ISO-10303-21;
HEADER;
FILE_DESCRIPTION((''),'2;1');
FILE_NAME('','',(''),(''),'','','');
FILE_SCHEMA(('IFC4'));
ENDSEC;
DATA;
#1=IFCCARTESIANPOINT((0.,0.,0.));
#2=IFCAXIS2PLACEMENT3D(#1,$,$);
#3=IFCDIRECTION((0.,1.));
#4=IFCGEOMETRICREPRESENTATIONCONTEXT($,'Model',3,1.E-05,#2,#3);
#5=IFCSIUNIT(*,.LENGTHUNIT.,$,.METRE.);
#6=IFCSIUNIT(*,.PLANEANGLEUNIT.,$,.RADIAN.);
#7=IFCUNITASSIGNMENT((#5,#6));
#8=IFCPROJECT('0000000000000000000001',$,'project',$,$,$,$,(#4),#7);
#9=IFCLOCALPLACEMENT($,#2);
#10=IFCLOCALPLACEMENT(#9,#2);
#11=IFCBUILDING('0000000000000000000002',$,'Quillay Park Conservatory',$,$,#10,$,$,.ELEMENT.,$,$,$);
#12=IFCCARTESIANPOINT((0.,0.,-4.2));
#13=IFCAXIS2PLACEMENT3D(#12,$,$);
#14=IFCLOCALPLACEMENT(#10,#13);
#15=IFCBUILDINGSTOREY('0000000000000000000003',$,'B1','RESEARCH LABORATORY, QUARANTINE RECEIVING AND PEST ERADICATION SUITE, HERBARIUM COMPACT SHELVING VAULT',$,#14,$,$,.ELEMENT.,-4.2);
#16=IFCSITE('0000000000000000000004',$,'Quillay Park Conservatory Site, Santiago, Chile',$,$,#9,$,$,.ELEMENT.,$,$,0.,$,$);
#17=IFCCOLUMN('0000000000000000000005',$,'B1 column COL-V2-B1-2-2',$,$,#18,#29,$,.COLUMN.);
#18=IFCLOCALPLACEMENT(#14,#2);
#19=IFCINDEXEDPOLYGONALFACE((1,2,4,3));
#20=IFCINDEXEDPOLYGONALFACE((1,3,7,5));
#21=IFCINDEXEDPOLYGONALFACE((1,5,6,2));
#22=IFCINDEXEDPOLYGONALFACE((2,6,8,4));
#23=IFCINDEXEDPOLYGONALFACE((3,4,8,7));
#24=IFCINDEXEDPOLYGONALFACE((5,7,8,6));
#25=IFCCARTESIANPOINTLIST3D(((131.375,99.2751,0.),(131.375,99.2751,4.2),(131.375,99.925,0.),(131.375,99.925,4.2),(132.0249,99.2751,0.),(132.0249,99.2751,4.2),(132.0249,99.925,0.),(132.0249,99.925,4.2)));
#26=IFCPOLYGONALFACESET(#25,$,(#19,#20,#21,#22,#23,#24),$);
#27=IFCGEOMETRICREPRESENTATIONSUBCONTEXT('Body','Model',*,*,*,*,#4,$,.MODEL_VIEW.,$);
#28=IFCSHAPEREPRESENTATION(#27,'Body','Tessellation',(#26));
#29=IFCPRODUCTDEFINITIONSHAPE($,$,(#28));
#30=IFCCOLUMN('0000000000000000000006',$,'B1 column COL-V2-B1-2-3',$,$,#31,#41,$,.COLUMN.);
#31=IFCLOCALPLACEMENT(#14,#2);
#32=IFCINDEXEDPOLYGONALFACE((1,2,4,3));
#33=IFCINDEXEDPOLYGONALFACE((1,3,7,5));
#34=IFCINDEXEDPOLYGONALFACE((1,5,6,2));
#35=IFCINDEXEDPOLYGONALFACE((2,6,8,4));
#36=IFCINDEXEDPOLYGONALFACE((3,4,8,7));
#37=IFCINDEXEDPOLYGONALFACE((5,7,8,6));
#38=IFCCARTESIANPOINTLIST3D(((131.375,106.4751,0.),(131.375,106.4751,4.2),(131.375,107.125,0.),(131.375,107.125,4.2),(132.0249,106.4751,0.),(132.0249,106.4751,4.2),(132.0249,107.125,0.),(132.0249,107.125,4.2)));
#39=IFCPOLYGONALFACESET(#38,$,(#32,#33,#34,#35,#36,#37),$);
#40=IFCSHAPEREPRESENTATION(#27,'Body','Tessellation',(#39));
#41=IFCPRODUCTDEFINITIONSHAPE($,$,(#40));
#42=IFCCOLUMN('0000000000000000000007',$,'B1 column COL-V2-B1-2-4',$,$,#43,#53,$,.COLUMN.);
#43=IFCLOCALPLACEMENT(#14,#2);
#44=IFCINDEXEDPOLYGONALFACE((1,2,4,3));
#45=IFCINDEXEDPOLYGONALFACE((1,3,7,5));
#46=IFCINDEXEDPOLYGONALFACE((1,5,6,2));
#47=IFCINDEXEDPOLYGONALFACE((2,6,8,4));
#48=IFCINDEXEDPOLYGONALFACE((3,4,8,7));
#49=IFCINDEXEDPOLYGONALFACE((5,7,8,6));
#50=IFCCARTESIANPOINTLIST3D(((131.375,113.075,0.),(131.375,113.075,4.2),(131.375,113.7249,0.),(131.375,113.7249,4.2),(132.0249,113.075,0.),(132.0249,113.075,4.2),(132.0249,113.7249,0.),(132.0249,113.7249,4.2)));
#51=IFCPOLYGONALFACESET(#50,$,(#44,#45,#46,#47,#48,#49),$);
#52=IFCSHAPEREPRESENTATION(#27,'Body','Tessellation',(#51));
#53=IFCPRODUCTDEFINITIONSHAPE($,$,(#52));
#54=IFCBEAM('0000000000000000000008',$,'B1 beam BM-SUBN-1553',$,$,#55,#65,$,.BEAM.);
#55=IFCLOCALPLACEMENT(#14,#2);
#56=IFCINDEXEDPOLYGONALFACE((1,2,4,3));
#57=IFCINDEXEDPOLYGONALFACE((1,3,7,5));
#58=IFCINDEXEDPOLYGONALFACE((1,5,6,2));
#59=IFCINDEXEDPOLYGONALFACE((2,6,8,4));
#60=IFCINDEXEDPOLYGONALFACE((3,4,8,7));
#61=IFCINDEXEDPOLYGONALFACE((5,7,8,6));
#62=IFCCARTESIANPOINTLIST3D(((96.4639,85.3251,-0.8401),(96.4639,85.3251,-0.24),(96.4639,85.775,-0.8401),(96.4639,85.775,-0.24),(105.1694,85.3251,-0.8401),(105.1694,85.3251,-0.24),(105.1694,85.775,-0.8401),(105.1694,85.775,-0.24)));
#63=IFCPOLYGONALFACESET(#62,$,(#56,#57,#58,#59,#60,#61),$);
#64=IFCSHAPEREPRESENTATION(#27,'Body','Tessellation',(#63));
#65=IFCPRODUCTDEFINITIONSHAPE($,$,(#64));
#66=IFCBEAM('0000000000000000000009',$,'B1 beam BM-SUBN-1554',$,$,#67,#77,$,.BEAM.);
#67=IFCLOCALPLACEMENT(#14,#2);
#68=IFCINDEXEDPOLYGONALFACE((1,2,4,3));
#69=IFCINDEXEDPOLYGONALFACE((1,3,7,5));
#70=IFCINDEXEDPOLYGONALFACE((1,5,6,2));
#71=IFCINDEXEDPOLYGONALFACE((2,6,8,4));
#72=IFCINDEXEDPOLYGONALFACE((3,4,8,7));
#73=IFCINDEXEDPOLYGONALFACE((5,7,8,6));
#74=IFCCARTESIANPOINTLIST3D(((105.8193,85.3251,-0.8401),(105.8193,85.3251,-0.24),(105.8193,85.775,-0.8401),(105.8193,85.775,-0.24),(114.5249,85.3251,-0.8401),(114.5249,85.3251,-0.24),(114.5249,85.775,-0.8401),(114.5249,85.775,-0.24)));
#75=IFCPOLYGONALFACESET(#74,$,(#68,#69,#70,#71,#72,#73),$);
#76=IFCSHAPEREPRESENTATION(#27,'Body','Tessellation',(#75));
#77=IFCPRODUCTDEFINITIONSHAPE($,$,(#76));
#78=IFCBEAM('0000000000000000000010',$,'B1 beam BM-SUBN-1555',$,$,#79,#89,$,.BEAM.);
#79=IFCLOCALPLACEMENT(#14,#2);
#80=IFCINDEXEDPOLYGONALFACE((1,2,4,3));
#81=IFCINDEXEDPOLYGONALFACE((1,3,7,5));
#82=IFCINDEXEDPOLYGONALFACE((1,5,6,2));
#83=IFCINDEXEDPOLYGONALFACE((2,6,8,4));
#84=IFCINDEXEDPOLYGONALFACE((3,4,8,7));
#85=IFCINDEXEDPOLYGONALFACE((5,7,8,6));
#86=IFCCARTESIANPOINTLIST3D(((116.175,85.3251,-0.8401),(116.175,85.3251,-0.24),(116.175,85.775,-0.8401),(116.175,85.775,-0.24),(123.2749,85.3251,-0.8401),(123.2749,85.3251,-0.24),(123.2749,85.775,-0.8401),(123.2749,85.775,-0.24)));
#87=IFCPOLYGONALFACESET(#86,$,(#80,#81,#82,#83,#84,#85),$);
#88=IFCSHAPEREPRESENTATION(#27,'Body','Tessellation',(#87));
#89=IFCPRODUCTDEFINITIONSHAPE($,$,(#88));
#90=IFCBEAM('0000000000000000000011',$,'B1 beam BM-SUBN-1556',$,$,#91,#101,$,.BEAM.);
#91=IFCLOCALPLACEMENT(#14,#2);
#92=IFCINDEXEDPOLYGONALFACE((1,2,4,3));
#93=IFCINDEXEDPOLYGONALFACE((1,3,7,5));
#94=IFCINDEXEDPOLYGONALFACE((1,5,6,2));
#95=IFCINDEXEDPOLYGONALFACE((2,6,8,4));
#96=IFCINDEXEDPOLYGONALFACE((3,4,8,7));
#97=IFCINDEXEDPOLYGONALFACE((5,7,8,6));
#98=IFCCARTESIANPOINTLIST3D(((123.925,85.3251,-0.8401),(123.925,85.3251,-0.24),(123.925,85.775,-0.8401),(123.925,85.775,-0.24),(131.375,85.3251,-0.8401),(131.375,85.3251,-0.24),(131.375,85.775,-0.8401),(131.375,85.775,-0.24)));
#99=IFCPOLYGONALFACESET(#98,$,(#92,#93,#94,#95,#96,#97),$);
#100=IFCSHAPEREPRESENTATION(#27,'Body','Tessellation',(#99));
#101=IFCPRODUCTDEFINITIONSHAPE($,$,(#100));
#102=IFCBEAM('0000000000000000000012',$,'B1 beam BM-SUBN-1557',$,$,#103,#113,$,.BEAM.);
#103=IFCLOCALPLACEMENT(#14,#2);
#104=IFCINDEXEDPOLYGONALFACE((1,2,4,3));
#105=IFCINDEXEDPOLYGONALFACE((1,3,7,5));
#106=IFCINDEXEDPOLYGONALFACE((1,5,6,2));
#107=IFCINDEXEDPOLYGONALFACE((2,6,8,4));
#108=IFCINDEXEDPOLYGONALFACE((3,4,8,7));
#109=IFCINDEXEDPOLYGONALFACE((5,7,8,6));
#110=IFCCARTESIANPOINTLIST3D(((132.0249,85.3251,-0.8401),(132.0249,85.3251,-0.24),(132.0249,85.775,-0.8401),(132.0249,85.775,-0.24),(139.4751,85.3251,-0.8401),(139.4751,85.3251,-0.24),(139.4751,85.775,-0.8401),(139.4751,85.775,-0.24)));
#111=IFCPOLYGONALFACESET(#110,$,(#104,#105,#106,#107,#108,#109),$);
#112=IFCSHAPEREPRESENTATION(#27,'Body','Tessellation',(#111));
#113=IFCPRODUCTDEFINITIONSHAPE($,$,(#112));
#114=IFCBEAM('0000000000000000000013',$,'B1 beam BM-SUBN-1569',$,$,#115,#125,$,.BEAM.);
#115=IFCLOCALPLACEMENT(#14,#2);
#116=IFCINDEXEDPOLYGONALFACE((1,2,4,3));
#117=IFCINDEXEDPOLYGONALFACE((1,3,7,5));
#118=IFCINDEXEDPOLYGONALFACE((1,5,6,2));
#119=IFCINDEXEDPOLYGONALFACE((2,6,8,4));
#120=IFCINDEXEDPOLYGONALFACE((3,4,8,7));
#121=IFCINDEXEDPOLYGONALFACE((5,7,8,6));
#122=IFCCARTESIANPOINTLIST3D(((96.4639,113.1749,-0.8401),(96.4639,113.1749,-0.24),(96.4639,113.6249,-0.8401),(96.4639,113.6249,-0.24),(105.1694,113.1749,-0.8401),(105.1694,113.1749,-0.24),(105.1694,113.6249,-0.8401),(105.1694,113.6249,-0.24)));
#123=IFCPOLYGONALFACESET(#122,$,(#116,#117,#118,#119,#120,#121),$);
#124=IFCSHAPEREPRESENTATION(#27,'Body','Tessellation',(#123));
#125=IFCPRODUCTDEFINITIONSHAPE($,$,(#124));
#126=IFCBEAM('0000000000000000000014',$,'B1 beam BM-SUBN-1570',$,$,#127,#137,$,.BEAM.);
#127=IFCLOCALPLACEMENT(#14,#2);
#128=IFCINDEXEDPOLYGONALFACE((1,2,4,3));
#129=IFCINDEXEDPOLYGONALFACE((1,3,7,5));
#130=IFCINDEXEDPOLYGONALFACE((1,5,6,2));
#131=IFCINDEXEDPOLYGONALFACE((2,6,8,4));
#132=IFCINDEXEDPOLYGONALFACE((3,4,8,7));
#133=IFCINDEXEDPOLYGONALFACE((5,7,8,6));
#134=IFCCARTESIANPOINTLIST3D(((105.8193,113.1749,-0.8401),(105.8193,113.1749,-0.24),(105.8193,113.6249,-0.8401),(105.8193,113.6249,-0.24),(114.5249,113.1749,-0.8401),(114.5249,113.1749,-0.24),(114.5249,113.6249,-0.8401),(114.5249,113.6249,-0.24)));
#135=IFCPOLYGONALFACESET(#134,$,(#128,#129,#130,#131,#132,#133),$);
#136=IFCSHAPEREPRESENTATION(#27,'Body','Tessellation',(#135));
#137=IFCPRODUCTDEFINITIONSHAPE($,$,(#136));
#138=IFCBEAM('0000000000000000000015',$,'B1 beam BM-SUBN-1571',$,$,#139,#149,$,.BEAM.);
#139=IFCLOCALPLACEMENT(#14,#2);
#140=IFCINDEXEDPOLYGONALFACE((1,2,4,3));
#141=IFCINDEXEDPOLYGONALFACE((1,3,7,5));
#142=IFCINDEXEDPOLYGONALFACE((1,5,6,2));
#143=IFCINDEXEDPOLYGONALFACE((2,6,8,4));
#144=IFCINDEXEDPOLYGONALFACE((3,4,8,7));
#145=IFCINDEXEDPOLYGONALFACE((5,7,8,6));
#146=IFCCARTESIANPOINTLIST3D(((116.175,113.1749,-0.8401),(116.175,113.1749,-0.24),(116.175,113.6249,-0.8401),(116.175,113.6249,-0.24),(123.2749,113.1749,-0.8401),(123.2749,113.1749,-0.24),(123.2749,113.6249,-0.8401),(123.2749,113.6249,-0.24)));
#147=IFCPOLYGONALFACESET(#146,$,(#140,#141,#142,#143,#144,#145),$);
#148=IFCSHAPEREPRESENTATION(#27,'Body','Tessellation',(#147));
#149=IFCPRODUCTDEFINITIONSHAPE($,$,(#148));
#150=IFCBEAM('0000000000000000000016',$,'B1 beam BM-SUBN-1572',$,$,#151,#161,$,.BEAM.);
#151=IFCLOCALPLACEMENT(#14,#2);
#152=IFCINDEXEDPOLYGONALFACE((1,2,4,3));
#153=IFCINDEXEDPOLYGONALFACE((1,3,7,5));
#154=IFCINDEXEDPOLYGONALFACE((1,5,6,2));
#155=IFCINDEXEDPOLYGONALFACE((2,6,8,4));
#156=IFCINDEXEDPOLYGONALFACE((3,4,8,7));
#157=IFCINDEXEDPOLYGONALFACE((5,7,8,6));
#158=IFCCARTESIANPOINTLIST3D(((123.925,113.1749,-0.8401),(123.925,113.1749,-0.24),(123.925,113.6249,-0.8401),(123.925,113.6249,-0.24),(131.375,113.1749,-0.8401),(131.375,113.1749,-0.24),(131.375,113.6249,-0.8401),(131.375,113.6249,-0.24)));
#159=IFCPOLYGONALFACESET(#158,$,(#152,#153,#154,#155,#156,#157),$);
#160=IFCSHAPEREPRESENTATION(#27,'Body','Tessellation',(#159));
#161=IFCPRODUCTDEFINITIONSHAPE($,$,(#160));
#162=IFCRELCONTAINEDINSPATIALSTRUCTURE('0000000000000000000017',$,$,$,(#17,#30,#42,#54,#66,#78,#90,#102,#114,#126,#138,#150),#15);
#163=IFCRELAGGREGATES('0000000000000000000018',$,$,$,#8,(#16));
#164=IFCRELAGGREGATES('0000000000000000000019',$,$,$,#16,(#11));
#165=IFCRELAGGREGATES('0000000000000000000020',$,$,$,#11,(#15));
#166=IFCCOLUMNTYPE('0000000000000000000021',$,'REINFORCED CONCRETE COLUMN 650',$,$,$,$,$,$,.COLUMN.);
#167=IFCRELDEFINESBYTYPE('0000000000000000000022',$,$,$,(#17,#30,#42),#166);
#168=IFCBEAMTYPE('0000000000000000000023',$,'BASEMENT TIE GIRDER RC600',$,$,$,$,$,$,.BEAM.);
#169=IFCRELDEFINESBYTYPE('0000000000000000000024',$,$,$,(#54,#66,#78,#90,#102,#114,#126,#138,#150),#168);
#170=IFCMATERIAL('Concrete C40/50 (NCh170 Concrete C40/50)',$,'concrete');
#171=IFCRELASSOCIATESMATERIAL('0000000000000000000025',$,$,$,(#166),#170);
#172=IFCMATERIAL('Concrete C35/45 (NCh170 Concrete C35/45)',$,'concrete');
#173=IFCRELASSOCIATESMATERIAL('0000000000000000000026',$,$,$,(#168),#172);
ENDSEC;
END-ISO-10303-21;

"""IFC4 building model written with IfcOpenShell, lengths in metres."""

from ifc_helpers import new_model, si_unit, direction, frame, origin, origin_2d, place, context, subcontext, project, spatial, rectangle, extrude, material, material_profile, profile_set, type_object, element, save


model = new_model("IFC4")

# Units and contexts
model_context = context("Model", 3, precision=1e-05, world=origin(), true_north=direction((0.0, 1.0)))
body_context = subcontext(model_context, "Body", "Model", "MODEL_VIEW")
ifc_project = project(units=[si_unit("LENGTHUNIT", "METRE"), si_unit("PLANEANGLEUNIT", "RADIAN")], contexts=[model_context])

# Site, building, storey
site_placement = place(None, origin())
site = spatial("IfcSite", under=ifc_project, at=site_placement, Name="Quillay Park Conservatory Site, Santiago, Chile", CompositionType="ELEMENT", RefElevation=0.0)
building_placement = place(site_placement, origin())
building = spatial("IfcBuilding", under=site, at=building_placement, Name="Quillay Park Conservatory", CompositionType="ELEMENT")
storey_placement = place(building_placement, frame((0.0, 0.0, -4.2)))
storey = spatial("IfcBuildingStorey", under=building, at=storey_placement, Name="B1", Description="RESEARCH LABORATORY, QUARANTINE RECEIVING AND PEST ERADICATION SUITE, HERBARIUM COMPACT SHELVING VAULT", CompositionType="ELEMENT", Elevation=-4.2)

# Columns
ifc_material_1 = material(Name="Concrete C40/50 (NCh170 Concrete C40/50)", Category="concrete")
ifc_material_profile_1 = material_profile(ifc_material_1, rectangle(XDim=0.6499, YDim=0.6499, at=origin_2d()), Name="RC650x650")
ifc_profile_set_1 = profile_set([ifc_material_profile_1], Name="Concrete C40/50 (NCh170 Concrete C40/50)")
column_type = type_object("IfcColumnType", Name="REINFORCED CONCRETE COLUMN 650", PredefinedType="COLUMN", material=ifc_profile_set_1)
for number, where, z_axis, x_axis, name in (
    (1, (131.7, 99.6001, 0.0), (0.0, 0.0, 1.0), (1.0, 0.0, 0.0), "B1 column COL-V2-B1-2-2"),
    (2, (131.7, 106.8, 0.0), (0.0, 0.0, 1.0), (1.0, 0.0, 0.0), "B1 column COL-V2-B1-2-3"),
    (3, (131.7, 113.3999, 0.0), (0.0, 0.0, 1.0), (1.0, 0.0, 0.0), "B1 column COL-V2-B1-2-4"),
):
    element("IfcColumn", number, at=place(storey_placement, frame(where, z_axis=z_axis, x_axis=x_axis)), inside=storey, type_object=column_type, Name=name, PredefinedType="COLUMN", context=body_context, shape_type="SweptSolid", body=[
        extrude(rectangle(XDim=0.6499, YDim=0.6499, at=origin_2d()), origin(), (0.0, 0.0, 1.0), 4.2),
    ])

# Beams
ifc_material_2 = material(Name="Concrete C35/45 (NCh170 Concrete C35/45)", Category="concrete")
ifc_material_profile_2 = material_profile(ifc_material_2, rectangle(XDim=0.45, YDim=0.6001, at=origin_2d()), Name="RC600x450")
ifc_profile_set_2 = profile_set([ifc_material_profile_2], Name="Concrete C35/45 (NCh170 Concrete C35/45)")
beam_type = type_object("IfcBeamType", Name="BASEMENT TIE GIRDER RC600", PredefinedType="BEAM", material=ifc_profile_set_2)
for number, where, z_axis, x_axis, name in (
    (4, (96.4639, 85.55, -0.54), (1.0, 0.0, 0.0), (0.0, 1.0, 0.0), "B1 beam BM-SUBN-1553"),
    (5, (105.8193, 85.55, -0.54), (1.0, 0.0, 0.0), (0.0, 1.0, 0.0), "B1 beam BM-SUBN-1554"),
):
    element("IfcBeam", number, at=place(storey_placement, frame(where, z_axis=z_axis, x_axis=x_axis)), inside=storey, type_object=beam_type, Name=name, PredefinedType="BEAM", context=body_context, shape_type="SweptSolid", body=[
        extrude(rectangle(XDim=0.45, YDim=0.6001, at=origin_2d()), origin(), (0.0, 0.0, 1.0), 8.7056),
    ])
beam_1_placement = place(storey_placement, frame((116.175, 85.55, -0.54), z_axis=(1.0, 0.0, 0.0), x_axis=(0.0, 1.0, 0.0)))
element("IfcBeam", 6, at=beam_1_placement, inside=storey, type_object=beam_type, Name="B1 beam BM-SUBN-1555", PredefinedType="BEAM", context=body_context, shape_type="SweptSolid", body=[
    extrude(rectangle(XDim=0.45, YDim=0.6001, at=origin_2d()), origin(), (0.0, 0.0, 1.0), 7.0999),
])
beam_2_placement = place(storey_placement, frame((123.925, 85.55, -0.54), z_axis=(1.0, 0.0, 0.0), x_axis=(0.0, 1.0, 0.0)))
element("IfcBeam", 7, at=beam_2_placement, inside=storey, type_object=beam_type, Name="B1 beam BM-SUBN-1556", PredefinedType="BEAM", context=body_context, shape_type="SweptSolid", body=[
    extrude(rectangle(XDim=0.45, YDim=0.6001, at=origin_2d()), origin(), (0.0, 0.0, 1.0), 7.45),
])
beam_3_placement = place(storey_placement, frame((132.0249, 85.55, -0.54), z_axis=(1.0, 0.0, 0.0), x_axis=(0.0, 1.0, 0.0)))
element("IfcBeam", 8, at=beam_3_placement, inside=storey, type_object=beam_type, Name="B1 beam BM-SUBN-1557", PredefinedType="BEAM", context=body_context, shape_type="SweptSolid", body=[
    extrude(rectangle(XDim=0.45, YDim=0.6001, at=origin_2d()), origin(), (0.0, 0.0, 1.0), 7.4502),
])
for number, where, z_axis, x_axis, name in (
    (9, (96.4639, 113.3999, -0.54), (1.0, 0.0, 0.0), (0.0, 1.0, 0.0), "B1 beam BM-SUBN-1569"),
    (10, (105.8193, 113.3999, -0.54), (1.0, 0.0, 0.0), (0.0, 1.0, 0.0), "B1 beam BM-SUBN-1570"),
):
    element("IfcBeam", number, at=place(storey_placement, frame(where, z_axis=z_axis, x_axis=x_axis)), inside=storey, type_object=beam_type, Name=name, PredefinedType="BEAM", context=body_context, shape_type="SweptSolid", body=[
        extrude(rectangle(XDim=0.45, YDim=0.6001, at=origin_2d()), origin(), (0.0, 0.0, 1.0), 8.7056),
    ])
beam_4_placement = place(storey_placement, frame((116.175, 113.3999, -0.54), z_axis=(1.0, 0.0, 0.0), x_axis=(0.0, 1.0, 0.0)))
element("IfcBeam", 11, at=beam_4_placement, inside=storey, type_object=beam_type, Name="B1 beam BM-SUBN-1571", PredefinedType="BEAM", context=body_context, shape_type="SweptSolid", body=[
    extrude(rectangle(XDim=0.45, YDim=0.6001, at=origin_2d()), origin(), (0.0, 0.0, 1.0), 7.0999),
])
beam_5_placement = place(storey_placement, frame((123.925, 113.3999, -0.54), z_axis=(1.0, 0.0, 0.0), x_axis=(0.0, 1.0, 0.0)))
element("IfcBeam", 12, at=beam_5_placement, inside=storey, type_object=beam_type, Name="B1 beam BM-SUBN-1572", PredefinedType="BEAM", context=body_context, shape_type="SweptSolid", body=[
    extrude(rectangle(XDim=0.45, YDim=0.6001, at=origin_2d()), origin(), (0.0, 0.0, 1.0), 7.45),
])

save(model, "model.ifc")
